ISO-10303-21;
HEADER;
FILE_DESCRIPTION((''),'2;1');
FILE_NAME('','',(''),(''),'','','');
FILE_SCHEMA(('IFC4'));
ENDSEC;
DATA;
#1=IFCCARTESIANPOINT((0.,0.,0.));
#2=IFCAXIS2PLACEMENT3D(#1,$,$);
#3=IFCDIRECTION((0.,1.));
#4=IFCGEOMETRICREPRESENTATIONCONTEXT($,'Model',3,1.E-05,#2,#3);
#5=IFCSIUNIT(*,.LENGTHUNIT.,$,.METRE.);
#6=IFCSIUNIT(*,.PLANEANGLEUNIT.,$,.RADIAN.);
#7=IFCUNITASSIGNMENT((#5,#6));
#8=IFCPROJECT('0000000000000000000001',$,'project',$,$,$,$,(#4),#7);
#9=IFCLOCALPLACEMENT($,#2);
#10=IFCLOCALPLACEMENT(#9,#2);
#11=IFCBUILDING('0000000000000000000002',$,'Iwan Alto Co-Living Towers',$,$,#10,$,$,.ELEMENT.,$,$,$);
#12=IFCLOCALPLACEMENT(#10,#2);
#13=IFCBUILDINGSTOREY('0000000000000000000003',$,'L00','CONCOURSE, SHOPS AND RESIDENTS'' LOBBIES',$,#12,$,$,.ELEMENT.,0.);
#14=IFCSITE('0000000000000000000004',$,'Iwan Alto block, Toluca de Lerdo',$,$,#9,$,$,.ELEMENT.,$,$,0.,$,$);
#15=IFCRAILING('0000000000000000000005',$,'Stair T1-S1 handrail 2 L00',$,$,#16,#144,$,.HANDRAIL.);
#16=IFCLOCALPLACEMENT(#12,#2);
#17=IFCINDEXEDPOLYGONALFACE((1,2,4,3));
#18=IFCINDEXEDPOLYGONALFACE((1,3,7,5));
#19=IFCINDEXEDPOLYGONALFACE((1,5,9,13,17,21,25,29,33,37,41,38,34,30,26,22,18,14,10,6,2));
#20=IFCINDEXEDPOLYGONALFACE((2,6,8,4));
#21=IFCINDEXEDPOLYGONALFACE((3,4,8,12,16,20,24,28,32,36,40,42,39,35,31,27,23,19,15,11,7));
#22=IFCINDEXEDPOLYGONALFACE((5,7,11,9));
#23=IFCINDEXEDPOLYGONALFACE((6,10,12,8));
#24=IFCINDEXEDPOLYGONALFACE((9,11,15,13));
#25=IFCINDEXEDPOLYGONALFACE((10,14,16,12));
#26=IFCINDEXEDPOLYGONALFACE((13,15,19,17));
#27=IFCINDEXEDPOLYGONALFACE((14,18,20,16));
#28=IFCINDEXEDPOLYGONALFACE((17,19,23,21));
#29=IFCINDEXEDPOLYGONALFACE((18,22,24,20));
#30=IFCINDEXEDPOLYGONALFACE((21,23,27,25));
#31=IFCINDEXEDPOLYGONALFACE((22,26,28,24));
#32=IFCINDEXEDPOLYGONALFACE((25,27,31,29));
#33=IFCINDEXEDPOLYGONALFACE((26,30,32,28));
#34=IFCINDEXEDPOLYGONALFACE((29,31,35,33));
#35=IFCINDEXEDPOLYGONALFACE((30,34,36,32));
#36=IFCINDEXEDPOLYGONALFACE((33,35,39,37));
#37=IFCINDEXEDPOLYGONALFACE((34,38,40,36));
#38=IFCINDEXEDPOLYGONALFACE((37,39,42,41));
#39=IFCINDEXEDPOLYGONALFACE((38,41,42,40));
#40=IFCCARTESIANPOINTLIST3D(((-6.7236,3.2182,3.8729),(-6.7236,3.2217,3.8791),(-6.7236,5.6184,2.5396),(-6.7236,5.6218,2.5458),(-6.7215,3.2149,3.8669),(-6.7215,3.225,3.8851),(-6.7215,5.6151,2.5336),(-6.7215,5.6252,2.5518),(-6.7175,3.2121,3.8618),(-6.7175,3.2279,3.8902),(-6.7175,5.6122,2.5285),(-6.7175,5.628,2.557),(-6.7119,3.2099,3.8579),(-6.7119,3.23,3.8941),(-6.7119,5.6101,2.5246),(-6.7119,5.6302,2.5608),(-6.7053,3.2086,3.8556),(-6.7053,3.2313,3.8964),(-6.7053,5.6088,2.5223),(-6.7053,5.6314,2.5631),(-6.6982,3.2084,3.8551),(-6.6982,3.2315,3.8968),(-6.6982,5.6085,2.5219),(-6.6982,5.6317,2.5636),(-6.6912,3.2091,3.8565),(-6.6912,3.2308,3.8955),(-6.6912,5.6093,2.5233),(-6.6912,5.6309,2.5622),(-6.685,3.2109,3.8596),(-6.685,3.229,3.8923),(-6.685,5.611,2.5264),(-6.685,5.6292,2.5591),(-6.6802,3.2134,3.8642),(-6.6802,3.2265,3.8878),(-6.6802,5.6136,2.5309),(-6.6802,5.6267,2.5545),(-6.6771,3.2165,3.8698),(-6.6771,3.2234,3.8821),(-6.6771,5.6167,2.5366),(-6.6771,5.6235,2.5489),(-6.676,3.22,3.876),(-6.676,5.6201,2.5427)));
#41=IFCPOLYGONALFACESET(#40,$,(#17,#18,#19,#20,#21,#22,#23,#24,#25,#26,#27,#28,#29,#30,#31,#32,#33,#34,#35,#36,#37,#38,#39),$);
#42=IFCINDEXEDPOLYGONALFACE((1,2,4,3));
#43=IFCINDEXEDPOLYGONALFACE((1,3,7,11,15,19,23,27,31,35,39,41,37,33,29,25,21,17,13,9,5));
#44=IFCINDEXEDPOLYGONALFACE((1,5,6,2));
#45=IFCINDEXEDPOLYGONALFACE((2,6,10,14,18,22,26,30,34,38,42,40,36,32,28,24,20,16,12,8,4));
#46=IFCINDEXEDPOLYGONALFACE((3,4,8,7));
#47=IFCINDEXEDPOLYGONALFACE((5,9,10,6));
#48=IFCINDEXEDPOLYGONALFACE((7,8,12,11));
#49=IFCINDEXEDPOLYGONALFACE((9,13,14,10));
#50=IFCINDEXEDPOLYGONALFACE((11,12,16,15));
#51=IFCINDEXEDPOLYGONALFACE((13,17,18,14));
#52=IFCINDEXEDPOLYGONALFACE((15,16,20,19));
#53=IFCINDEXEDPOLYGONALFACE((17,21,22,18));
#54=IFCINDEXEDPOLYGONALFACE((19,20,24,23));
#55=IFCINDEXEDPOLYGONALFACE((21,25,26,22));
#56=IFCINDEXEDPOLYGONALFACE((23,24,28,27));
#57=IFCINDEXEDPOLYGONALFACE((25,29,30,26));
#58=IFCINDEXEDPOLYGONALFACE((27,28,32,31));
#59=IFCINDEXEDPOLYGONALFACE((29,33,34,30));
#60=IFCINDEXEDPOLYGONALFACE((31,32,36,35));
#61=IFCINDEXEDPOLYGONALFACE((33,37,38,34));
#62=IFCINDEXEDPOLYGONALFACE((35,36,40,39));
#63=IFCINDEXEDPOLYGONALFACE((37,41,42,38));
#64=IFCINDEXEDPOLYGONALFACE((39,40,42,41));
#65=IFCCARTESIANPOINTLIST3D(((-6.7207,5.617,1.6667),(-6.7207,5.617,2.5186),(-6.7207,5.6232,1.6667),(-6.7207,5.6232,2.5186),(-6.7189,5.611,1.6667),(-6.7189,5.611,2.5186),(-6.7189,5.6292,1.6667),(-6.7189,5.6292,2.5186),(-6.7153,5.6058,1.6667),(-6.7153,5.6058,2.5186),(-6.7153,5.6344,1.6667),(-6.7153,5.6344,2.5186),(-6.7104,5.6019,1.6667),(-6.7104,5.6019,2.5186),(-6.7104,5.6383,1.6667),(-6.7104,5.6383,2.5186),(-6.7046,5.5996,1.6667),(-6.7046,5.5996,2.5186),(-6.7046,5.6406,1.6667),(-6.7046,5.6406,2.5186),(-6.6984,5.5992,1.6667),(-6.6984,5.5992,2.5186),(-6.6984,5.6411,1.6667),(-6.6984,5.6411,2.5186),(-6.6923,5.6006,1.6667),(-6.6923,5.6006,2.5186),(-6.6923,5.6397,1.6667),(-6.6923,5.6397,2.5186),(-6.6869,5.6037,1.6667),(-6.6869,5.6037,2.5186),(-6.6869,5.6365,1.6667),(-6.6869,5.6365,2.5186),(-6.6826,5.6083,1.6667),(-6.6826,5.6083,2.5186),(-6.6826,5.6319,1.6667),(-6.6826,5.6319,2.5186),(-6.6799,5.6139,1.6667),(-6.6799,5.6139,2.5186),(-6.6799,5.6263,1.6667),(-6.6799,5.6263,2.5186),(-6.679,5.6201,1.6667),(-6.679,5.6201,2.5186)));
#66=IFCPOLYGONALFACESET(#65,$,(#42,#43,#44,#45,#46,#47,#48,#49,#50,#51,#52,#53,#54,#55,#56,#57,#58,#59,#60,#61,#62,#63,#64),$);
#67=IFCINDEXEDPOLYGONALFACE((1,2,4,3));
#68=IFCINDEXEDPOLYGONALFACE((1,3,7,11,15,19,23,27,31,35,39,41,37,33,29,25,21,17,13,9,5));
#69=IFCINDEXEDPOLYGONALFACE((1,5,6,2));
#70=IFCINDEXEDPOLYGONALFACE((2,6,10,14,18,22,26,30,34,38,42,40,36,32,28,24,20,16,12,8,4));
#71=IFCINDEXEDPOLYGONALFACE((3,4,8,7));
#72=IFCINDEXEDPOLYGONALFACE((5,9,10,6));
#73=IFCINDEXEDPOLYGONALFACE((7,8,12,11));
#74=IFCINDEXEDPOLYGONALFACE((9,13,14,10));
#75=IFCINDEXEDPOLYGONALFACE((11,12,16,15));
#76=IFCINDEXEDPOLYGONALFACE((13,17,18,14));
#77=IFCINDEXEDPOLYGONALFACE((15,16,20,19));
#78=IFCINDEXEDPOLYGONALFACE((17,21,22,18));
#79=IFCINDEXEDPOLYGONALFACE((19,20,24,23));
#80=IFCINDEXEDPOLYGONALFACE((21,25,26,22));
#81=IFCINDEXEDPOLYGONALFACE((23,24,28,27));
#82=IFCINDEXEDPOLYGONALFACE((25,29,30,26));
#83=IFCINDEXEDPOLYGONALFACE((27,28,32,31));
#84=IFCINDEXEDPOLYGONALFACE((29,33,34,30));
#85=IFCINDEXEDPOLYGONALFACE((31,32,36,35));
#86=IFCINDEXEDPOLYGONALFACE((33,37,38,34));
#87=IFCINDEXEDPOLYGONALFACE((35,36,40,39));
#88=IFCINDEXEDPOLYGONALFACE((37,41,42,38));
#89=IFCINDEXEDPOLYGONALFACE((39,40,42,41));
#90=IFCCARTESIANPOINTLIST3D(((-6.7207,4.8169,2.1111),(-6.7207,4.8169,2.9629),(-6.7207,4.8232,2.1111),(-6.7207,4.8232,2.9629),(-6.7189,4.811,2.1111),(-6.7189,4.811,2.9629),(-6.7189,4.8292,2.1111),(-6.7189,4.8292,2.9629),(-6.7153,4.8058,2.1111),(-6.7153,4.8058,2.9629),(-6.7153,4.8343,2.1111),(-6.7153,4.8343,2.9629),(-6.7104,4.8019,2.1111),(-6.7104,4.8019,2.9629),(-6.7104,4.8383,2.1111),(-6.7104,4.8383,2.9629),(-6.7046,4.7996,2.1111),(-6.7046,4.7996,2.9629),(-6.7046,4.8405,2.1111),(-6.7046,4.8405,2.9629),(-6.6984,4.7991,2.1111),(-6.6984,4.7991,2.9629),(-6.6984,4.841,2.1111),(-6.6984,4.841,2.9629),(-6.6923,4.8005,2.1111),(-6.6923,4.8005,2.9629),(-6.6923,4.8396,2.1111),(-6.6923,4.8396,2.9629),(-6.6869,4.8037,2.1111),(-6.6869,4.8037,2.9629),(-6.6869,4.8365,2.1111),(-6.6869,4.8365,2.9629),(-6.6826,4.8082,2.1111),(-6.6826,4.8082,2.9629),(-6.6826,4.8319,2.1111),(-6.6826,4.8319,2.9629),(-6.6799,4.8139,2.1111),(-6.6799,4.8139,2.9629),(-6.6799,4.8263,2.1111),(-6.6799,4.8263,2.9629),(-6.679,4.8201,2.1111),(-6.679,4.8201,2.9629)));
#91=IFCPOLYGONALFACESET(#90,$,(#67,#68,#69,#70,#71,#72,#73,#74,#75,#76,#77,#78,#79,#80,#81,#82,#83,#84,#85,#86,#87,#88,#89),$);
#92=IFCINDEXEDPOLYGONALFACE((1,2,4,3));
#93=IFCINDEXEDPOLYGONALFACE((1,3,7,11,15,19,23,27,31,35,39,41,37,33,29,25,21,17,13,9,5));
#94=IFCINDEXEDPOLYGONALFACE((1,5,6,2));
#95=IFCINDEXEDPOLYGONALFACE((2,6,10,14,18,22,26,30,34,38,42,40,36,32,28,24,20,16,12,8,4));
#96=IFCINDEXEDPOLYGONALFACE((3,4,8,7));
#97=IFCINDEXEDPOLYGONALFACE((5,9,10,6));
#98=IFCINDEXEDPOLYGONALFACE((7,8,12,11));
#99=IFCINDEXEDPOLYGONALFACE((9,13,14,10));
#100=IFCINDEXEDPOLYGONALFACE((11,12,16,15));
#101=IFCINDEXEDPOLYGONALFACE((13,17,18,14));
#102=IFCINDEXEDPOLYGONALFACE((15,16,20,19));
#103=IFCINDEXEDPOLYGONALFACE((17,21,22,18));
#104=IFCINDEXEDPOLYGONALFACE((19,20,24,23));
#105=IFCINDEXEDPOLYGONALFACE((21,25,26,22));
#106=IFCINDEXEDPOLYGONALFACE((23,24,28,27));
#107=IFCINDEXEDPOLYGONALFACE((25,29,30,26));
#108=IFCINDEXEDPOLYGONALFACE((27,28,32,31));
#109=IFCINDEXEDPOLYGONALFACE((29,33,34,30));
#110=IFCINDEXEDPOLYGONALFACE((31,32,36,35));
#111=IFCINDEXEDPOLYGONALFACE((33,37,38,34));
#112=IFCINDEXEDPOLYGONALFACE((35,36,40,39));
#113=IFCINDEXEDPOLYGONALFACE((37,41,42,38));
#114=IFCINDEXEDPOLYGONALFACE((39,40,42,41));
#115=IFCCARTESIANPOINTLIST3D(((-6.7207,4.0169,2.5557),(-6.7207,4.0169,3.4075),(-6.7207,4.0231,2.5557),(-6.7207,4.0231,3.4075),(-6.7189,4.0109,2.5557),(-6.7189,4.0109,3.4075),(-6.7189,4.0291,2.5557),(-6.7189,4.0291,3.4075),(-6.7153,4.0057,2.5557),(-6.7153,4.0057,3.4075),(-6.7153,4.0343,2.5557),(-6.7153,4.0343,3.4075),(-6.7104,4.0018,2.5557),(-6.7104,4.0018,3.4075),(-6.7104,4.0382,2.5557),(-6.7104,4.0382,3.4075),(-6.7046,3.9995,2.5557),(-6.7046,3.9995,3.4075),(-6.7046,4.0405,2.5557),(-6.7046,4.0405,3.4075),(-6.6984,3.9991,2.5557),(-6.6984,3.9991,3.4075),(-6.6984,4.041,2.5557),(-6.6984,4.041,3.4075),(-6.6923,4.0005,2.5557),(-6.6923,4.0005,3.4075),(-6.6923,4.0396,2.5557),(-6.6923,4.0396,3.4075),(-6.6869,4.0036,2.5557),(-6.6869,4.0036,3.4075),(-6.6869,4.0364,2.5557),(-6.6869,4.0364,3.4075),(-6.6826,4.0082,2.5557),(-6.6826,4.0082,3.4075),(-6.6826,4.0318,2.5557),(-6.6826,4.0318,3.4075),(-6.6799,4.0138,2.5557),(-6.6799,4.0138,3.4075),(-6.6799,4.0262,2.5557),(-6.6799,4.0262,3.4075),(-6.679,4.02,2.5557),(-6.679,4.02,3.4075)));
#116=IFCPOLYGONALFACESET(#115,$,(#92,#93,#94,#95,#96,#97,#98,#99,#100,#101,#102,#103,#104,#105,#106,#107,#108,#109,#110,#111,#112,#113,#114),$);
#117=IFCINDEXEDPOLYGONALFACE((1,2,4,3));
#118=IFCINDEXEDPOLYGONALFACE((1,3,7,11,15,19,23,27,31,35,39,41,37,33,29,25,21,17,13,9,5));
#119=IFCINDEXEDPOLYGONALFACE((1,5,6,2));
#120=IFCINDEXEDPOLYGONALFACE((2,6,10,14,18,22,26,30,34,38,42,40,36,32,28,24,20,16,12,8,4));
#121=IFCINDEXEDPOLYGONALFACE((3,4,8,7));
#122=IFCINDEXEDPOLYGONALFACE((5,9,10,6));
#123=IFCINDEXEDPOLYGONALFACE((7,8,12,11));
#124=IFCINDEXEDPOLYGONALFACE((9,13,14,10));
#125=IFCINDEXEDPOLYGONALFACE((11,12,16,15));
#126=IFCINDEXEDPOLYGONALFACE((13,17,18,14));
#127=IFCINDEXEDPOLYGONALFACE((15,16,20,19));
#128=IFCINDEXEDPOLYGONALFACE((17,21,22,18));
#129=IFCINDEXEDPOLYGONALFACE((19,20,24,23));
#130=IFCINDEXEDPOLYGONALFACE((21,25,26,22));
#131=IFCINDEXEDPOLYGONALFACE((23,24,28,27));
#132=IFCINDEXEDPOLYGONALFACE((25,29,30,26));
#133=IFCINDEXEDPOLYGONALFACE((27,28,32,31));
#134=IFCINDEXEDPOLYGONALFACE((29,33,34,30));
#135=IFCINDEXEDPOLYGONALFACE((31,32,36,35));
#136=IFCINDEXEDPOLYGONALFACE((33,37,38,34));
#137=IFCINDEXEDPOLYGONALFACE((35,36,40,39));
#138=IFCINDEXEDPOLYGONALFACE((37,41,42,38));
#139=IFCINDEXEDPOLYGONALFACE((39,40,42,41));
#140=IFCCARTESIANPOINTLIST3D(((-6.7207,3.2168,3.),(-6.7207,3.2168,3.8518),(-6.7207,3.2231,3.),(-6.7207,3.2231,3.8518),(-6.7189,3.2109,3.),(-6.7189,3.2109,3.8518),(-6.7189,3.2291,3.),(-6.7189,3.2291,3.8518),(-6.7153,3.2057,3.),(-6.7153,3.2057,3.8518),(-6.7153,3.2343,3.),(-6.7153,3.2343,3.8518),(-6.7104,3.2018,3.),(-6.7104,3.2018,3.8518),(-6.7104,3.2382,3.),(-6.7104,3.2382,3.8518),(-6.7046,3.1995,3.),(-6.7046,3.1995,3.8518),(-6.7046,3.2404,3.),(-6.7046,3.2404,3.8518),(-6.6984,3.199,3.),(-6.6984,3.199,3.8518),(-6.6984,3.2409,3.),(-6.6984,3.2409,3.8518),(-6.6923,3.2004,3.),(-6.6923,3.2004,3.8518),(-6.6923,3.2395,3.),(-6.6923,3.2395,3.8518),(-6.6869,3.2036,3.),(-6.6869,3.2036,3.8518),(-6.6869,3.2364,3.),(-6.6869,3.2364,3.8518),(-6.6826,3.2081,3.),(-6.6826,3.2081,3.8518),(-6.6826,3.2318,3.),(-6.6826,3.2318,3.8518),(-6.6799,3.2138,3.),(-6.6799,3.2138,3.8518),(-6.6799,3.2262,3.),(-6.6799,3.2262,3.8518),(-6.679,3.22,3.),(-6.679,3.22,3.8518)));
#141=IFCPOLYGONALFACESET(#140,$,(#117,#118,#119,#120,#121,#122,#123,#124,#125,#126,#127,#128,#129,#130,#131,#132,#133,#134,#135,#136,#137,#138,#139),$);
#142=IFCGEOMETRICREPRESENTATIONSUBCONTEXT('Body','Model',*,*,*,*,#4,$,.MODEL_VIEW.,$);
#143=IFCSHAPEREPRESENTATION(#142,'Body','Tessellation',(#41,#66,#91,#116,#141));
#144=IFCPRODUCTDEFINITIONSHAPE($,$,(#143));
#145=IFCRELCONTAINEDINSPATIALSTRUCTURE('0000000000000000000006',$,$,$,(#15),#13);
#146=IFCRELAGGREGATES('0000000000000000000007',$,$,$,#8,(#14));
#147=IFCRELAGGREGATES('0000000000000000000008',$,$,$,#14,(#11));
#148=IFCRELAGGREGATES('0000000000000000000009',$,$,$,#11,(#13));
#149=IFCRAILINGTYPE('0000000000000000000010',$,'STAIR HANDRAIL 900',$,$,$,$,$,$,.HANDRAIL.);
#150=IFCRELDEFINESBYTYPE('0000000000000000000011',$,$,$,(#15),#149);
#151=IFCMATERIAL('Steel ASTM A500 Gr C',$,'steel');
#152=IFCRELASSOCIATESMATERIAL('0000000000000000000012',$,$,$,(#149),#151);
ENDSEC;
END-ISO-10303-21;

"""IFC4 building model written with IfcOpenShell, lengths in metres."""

from ifc_helpers import new_model, si_unit, direction, frame, origin, origin_2d, place, context, subcontext, project, spatial, circle, extrude, material, type_object, element, save


model = new_model("IFC4")

# Units and contexts
model_context = context("Model", 3, precision=1e-05, world=origin(), true_north=direction((0.0, 1.0)))
body_context = subcontext(model_context, "Body", "Model", "MODEL_VIEW")
ifc_project = project(units=[si_unit("LENGTHUNIT", "METRE"), si_unit("PLANEANGLEUNIT", "RADIAN")], contexts=[model_context])

# Site, building, storey
site_placement = place(None, origin())
site = spatial("IfcSite", under=ifc_project, at=site_placement, Name="Iwan Alto block, Toluca de Lerdo", CompositionType="ELEMENT", RefElevation=0.0)
building_placement = place(site_placement, origin())
building = spatial("IfcBuilding", under=site, at=building_placement, Name="Iwan Alto Co-Living Towers", CompositionType="ELEMENT")
storey_placement = place(building_placement, origin())
storey = spatial("IfcBuildingStorey", under=building, at=storey_placement, Name="L00", Description="CONCOURSE, SHOPS AND RESIDENTS' LOBBIES", CompositionType="ELEMENT", Elevation=0.0)

# Railing
ifc_material_1 = material(Name="Steel ASTM A500 Gr C", Category="steel")
railing_type_1 = type_object("IfcRailingType", Name="STAIR HANDRAIL 900", PredefinedType="HANDRAIL", material=ifc_material_1)
railing_1_placement = place(storey_placement, frame((-6.7, 5.6201, 1.6667)))
element("IfcRailing", 1, at=railing_1_placement, inside=storey, type_object=railing_type_1, Name="Stair T1-S1 handrail 2 L00", PredefinedType="HANDRAIL", context=body_context, shape_type="SweptSolid", body=[
    extrude(circle(Radius=0.0239, at=origin_2d()), frame((0.0, 0.0, 0.876), z_axis=(0.0, -0.874182, 0.485598), x_axis=(1.0, 0.0, 0.0)), (0.0, 0.0, 1.0), 2.7456),
    extrude(circle(Radius=0.021, at=origin_2d()), origin(), (0.0, 0.0, 1.0), 0.8518),
    extrude(circle(Radius=0.021, at=origin_2d()), frame((0.0, -0.8, 0.4443)), (0.0, 0.0, 1.0), 0.8518),
    extrude(circle(Radius=0.021, at=origin_2d()), frame((0.0, -1.6001, 0.8889)), (0.0, 0.0, 1.0), 0.8518),
    extrude(circle(Radius=0.021, at=origin_2d()), frame((0.0, -2.4001, 1.3333)), (0.0, 0.0, 1.0), 0.8518),
])

save(model, "model.ifc")
